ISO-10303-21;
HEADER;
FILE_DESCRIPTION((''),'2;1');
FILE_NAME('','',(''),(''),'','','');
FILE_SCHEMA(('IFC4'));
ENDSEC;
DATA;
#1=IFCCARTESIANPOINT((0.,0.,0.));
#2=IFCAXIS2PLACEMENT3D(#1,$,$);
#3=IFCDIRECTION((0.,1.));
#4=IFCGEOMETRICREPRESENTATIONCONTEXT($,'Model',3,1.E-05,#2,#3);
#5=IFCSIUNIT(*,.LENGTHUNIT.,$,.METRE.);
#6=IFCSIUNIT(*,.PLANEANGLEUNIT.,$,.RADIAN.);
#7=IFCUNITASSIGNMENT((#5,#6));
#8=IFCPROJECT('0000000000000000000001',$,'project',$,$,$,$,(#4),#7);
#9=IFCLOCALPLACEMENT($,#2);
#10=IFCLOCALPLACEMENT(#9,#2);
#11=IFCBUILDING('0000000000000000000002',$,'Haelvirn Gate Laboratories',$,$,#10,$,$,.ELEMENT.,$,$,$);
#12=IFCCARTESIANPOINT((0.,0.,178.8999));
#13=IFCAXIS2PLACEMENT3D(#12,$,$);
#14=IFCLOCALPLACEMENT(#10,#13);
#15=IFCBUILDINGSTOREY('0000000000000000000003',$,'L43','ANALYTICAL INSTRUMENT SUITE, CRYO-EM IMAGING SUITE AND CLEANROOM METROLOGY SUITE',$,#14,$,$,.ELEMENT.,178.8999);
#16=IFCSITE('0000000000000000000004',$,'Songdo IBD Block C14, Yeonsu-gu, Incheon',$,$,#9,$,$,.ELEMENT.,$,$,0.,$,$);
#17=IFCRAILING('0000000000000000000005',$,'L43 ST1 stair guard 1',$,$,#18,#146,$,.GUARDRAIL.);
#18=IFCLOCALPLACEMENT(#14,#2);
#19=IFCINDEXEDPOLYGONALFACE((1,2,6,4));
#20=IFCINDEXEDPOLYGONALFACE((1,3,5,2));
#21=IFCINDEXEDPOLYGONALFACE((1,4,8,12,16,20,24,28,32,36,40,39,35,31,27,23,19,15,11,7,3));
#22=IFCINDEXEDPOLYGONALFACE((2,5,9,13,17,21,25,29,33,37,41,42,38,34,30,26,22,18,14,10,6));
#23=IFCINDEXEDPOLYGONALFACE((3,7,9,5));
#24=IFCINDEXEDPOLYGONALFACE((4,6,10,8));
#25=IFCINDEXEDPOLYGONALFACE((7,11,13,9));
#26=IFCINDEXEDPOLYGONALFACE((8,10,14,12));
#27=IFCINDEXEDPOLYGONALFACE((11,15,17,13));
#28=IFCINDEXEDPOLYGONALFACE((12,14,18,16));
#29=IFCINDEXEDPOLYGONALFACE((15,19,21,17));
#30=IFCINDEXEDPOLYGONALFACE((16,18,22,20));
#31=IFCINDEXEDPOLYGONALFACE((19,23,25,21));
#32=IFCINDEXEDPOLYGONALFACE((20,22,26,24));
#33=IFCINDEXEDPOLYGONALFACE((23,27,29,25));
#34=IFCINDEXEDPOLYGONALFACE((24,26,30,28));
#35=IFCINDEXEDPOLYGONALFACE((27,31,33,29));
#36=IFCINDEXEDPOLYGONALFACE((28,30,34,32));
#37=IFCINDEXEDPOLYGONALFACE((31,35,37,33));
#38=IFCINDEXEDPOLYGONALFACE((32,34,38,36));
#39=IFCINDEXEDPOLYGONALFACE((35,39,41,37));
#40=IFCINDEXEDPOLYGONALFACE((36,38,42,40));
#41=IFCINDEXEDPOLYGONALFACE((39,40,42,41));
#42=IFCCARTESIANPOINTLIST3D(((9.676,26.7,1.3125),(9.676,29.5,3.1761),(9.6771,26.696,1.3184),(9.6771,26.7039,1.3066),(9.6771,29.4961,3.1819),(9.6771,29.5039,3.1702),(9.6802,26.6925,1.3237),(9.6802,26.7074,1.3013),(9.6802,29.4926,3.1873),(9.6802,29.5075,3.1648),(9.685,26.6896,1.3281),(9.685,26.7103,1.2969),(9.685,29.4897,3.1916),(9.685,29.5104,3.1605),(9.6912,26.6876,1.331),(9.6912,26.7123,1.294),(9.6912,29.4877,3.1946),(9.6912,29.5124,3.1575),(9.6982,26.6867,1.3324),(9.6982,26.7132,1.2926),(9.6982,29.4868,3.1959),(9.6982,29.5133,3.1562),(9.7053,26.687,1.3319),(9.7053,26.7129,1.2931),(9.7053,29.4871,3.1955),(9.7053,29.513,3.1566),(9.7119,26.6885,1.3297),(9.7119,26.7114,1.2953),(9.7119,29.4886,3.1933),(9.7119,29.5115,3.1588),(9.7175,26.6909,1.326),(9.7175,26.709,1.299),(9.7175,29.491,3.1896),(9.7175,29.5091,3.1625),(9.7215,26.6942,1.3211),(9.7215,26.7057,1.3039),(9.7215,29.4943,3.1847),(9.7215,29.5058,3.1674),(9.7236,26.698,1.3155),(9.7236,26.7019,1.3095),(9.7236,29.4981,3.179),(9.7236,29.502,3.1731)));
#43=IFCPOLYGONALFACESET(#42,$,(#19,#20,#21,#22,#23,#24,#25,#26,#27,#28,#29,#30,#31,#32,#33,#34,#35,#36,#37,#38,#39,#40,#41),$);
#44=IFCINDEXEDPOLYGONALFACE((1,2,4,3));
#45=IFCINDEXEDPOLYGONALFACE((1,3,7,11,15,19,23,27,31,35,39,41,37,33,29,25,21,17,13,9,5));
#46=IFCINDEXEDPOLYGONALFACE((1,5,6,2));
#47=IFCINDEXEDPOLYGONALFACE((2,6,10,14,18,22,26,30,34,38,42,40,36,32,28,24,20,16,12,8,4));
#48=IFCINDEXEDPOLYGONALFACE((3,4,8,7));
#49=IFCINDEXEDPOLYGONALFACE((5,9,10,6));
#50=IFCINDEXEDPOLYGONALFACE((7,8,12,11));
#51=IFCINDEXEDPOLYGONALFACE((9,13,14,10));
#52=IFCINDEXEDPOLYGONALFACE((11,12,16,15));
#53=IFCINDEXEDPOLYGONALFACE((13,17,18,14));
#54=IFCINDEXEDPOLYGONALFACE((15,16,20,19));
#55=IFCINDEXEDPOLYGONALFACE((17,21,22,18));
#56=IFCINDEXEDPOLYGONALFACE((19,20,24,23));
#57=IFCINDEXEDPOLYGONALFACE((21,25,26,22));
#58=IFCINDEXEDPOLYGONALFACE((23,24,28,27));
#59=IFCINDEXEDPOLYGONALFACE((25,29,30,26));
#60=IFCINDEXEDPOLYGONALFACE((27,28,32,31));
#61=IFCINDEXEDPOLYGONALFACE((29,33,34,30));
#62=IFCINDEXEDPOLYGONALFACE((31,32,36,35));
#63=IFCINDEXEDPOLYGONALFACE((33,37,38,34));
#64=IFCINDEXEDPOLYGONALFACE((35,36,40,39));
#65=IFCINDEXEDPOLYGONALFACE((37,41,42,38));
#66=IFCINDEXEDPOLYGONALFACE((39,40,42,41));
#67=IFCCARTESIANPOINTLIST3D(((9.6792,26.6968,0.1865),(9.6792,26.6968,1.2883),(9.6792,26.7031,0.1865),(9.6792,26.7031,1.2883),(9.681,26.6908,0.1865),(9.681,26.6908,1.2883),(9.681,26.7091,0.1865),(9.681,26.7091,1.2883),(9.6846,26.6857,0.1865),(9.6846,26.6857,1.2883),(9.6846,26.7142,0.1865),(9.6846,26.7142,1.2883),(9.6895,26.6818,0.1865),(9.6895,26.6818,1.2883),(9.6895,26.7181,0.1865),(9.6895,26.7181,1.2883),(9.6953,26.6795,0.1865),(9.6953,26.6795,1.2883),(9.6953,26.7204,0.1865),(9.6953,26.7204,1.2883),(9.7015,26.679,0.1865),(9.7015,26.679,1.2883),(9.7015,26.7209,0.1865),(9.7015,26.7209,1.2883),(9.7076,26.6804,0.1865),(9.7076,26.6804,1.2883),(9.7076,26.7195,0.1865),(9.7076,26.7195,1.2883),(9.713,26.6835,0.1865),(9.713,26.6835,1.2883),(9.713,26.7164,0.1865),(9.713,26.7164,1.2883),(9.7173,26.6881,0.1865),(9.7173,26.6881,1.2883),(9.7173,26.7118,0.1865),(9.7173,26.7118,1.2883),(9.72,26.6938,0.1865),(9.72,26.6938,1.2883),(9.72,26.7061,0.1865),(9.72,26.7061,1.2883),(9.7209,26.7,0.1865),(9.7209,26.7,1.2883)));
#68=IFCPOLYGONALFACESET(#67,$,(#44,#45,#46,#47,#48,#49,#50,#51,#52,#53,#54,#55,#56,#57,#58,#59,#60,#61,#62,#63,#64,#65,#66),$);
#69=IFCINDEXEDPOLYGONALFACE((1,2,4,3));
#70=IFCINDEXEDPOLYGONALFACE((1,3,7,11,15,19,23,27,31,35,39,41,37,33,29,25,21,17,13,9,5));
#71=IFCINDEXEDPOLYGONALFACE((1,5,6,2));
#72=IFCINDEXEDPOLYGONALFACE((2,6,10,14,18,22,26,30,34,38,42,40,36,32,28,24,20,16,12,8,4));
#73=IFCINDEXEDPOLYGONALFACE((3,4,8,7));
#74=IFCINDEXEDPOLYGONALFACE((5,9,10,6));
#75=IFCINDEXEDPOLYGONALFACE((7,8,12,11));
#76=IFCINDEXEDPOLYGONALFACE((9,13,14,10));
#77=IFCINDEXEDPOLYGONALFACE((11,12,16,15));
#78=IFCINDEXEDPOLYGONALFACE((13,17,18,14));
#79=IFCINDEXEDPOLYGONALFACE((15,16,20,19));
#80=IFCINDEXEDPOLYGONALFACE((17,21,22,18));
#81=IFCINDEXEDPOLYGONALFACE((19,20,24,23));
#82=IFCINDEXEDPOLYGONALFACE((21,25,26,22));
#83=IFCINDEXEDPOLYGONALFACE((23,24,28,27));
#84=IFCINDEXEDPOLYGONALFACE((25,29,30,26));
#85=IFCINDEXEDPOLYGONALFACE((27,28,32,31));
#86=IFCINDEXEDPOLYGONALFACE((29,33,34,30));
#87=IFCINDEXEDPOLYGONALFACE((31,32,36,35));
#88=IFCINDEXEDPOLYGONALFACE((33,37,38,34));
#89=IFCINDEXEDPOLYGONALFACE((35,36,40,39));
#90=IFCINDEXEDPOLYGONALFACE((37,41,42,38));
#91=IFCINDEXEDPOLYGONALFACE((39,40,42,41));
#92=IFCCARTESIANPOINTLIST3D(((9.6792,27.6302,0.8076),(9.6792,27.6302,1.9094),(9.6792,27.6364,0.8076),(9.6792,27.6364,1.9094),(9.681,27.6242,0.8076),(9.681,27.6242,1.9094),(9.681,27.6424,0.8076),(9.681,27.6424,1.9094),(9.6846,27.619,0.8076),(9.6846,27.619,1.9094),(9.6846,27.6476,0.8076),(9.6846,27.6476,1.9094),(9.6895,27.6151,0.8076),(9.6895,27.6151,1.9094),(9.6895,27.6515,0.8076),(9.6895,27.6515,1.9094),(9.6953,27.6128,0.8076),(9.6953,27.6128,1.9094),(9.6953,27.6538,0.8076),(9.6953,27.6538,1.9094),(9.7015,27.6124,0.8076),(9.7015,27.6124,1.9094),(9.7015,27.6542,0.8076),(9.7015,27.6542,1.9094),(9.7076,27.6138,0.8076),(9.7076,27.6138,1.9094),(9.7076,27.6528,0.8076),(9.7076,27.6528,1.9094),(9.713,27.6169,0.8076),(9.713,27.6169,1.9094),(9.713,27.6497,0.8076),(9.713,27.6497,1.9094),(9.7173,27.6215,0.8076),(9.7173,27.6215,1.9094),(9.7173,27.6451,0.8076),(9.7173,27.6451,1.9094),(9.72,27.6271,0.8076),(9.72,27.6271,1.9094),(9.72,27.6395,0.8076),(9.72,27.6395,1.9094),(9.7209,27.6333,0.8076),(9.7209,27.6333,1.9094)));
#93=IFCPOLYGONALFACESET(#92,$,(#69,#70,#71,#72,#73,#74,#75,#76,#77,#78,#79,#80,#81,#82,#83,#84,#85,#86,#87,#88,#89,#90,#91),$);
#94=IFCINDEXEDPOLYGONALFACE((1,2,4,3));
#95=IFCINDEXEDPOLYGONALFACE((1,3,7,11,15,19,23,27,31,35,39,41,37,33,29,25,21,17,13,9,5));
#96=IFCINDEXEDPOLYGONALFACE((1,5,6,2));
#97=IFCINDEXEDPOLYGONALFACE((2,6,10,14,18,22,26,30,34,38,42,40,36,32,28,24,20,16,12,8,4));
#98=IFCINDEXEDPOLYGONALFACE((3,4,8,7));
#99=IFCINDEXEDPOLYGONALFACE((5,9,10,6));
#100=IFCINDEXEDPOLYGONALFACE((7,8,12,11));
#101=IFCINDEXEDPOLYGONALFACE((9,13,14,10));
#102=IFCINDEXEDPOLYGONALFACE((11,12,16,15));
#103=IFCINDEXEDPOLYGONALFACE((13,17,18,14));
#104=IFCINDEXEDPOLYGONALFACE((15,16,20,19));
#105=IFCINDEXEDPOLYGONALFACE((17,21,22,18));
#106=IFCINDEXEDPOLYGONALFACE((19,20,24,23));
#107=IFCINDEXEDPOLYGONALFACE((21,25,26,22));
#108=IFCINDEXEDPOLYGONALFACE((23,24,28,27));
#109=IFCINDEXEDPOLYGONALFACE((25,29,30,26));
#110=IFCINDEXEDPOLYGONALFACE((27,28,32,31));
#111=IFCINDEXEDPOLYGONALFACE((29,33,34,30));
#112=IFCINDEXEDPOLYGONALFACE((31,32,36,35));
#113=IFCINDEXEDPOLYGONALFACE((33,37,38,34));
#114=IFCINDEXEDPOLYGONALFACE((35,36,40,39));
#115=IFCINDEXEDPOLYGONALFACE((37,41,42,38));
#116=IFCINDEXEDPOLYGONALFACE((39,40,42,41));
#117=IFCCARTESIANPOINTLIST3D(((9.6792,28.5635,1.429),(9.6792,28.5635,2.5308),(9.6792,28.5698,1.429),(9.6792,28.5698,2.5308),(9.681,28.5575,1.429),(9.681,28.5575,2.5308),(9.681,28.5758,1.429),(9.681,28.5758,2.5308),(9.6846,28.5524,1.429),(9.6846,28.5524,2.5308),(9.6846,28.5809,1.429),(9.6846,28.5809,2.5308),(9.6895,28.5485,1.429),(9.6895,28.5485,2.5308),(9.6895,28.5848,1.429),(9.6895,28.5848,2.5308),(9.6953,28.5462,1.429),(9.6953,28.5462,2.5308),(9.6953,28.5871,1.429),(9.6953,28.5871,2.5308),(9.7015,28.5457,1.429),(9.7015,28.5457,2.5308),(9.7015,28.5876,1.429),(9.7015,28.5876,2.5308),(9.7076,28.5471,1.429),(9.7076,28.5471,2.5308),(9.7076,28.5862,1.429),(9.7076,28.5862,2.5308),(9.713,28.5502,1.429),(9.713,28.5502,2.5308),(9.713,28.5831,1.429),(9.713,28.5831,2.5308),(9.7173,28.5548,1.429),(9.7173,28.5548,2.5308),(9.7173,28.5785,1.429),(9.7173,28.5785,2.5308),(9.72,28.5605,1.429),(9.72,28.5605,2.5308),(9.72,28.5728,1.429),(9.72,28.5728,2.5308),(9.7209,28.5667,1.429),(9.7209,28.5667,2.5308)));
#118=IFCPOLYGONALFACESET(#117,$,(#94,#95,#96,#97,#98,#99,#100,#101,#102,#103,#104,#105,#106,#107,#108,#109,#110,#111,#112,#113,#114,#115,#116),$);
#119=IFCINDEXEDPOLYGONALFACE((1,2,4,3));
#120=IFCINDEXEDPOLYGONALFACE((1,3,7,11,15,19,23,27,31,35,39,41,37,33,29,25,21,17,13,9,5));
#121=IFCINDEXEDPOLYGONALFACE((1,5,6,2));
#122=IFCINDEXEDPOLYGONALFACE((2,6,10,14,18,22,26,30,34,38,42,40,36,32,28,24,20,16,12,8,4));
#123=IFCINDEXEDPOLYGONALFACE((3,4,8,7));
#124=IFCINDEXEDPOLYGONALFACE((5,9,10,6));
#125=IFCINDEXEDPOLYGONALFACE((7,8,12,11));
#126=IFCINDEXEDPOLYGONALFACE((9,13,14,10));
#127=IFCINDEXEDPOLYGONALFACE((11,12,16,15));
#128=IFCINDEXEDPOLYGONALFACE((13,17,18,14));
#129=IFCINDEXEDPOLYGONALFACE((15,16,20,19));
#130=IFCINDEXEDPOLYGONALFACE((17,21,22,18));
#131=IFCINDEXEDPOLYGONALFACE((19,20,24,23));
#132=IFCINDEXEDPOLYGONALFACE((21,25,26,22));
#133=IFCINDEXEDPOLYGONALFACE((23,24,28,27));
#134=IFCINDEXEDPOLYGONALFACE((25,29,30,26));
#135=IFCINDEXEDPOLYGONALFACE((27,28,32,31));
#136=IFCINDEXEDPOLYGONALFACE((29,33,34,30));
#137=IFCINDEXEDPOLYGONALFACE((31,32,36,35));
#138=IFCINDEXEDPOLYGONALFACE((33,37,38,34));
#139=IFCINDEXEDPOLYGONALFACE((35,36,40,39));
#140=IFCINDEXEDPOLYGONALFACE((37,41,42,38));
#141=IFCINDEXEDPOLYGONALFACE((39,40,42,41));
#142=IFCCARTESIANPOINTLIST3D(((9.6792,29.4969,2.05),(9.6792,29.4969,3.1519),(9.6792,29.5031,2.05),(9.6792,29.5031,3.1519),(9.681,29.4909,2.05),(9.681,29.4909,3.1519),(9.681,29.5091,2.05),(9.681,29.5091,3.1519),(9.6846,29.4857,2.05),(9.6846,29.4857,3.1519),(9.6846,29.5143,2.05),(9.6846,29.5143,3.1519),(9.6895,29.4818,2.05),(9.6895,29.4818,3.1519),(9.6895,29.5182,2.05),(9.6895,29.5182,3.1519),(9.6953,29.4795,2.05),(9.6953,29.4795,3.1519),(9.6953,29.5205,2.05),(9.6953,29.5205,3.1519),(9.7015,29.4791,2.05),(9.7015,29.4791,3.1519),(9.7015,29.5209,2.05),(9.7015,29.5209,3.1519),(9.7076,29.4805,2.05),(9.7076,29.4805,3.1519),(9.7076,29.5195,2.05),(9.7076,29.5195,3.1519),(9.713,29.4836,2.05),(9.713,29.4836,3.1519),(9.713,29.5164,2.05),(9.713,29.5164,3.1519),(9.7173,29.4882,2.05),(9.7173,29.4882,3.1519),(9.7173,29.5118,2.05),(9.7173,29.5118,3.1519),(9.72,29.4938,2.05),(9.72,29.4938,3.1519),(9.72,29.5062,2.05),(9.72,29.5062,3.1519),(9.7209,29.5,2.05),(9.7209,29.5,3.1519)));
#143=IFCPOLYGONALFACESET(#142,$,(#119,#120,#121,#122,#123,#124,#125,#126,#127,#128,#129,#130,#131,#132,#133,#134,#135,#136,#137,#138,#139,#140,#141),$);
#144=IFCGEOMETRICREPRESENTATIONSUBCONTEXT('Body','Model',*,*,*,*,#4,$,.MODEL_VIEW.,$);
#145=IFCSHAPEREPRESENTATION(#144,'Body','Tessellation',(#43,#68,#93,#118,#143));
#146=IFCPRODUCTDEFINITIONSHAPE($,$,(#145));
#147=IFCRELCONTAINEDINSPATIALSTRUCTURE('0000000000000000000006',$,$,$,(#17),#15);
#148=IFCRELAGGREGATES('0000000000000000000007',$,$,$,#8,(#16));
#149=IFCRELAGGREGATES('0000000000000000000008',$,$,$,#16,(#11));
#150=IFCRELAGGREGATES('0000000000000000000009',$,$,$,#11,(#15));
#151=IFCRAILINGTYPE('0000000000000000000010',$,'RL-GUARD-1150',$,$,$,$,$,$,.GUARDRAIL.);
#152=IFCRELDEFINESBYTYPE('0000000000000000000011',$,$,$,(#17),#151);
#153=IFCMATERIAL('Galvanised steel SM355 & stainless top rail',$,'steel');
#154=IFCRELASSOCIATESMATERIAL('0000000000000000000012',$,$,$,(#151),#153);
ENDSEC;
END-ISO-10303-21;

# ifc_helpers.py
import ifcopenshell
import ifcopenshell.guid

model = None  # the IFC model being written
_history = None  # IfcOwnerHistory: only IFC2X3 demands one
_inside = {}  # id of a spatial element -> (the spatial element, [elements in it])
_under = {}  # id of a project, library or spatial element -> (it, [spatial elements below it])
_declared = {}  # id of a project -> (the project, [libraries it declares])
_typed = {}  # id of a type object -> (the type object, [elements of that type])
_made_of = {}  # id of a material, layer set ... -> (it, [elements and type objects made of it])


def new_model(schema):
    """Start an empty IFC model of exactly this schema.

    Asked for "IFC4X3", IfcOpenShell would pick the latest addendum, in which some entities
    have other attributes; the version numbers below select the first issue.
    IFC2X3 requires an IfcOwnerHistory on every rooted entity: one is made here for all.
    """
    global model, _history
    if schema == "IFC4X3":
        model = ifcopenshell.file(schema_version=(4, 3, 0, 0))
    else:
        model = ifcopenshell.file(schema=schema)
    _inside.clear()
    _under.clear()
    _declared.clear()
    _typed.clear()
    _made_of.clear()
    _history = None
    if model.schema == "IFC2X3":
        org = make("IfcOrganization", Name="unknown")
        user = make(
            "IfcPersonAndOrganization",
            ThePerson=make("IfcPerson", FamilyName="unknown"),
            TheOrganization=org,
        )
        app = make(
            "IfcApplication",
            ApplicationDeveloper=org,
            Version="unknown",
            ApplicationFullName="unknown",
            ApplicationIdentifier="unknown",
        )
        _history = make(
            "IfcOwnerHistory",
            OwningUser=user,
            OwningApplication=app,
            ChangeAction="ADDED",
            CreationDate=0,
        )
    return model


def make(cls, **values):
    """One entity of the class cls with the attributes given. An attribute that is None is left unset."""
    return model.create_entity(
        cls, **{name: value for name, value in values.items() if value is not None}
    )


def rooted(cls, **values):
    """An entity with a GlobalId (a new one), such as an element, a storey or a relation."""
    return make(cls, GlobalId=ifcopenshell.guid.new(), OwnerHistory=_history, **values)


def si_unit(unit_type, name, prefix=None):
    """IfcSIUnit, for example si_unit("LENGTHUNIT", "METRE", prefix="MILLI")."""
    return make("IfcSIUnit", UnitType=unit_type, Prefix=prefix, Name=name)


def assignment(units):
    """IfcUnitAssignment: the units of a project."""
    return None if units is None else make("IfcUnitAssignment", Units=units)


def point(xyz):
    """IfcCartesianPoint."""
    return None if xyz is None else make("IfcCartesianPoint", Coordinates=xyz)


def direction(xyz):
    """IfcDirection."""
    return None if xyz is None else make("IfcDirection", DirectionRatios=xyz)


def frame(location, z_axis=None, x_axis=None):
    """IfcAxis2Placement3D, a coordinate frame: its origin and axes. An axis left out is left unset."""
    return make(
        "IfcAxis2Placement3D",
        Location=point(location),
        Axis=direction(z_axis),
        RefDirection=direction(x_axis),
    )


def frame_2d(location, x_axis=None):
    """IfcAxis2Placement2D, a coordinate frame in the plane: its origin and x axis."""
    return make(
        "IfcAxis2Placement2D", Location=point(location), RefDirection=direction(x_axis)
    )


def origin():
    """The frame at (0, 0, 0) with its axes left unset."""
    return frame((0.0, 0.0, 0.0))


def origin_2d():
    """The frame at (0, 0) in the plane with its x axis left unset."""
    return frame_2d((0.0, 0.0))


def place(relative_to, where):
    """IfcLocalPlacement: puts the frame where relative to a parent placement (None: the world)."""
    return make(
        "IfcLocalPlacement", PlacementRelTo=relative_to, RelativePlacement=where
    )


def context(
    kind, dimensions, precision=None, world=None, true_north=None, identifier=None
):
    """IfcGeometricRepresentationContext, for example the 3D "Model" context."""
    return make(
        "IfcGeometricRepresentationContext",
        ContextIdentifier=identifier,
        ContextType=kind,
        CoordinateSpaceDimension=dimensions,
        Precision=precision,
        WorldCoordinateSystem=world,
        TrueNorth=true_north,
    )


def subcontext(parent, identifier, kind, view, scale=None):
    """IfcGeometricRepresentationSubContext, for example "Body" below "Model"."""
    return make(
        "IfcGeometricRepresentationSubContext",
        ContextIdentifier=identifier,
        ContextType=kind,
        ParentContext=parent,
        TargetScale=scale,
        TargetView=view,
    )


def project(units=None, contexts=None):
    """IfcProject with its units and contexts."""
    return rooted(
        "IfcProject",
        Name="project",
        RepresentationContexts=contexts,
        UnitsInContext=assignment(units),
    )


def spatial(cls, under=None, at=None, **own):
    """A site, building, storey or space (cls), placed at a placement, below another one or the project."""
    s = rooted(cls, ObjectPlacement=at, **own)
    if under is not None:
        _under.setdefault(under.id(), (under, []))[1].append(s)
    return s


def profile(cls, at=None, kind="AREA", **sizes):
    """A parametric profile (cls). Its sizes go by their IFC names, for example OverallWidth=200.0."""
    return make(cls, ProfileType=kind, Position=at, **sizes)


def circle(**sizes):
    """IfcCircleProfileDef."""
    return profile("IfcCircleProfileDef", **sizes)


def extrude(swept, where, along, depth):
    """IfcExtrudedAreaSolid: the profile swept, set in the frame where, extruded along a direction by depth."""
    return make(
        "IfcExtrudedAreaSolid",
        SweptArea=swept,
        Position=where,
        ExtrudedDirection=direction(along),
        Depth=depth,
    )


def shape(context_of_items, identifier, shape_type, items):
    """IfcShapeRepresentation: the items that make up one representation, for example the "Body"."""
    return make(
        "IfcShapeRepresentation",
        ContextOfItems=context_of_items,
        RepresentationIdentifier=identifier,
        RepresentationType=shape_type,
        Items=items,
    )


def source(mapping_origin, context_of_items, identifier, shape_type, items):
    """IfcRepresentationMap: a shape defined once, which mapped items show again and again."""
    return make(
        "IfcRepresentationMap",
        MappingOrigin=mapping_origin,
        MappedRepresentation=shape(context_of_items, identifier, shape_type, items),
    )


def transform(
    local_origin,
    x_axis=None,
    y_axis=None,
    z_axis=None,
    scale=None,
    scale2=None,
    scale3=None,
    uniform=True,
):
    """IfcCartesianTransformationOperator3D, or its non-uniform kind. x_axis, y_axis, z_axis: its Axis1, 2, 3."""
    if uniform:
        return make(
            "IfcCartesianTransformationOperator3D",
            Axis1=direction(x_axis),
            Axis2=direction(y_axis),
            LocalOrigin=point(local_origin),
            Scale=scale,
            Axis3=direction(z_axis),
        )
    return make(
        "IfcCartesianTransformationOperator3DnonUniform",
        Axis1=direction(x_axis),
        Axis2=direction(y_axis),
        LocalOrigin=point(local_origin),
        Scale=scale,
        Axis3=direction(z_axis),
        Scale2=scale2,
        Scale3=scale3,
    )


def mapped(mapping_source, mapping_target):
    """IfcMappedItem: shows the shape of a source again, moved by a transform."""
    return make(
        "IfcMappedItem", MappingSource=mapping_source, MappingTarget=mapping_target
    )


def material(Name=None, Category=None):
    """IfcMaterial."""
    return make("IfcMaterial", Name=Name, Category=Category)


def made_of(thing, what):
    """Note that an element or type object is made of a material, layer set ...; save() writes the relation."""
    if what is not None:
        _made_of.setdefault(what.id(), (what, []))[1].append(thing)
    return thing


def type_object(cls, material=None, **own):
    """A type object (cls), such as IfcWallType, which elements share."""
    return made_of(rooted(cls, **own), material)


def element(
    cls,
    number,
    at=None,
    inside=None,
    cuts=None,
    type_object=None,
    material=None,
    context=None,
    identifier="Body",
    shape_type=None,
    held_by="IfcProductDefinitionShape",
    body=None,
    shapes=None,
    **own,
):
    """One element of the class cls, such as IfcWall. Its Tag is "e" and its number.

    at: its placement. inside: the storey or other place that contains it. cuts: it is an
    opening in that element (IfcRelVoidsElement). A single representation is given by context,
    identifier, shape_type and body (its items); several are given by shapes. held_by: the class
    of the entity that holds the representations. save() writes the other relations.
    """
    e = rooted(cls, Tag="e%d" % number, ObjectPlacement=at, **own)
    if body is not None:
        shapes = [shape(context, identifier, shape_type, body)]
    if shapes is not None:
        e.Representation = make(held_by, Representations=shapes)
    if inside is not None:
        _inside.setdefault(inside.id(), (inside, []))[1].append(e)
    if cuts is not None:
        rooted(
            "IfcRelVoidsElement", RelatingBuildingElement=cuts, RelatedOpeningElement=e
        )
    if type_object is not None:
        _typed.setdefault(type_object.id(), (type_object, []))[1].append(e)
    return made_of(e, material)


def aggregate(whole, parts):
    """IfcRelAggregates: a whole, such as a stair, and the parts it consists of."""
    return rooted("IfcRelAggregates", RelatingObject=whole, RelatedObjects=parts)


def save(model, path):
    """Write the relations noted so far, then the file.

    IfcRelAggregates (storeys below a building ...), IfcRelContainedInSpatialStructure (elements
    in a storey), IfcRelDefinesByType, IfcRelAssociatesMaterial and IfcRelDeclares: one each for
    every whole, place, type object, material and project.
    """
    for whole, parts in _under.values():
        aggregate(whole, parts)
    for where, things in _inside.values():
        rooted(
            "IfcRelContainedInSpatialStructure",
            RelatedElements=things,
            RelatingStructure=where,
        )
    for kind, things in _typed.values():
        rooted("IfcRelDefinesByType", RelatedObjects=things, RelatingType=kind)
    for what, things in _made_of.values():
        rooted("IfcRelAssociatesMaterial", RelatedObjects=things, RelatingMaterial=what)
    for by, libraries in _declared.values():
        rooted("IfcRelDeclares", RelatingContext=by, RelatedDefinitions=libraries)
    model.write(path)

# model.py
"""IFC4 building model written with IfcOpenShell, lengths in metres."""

from ifc_helpers import new_model, si_unit, direction, frame, origin, origin_2d, place, context, subcontext, project, spatial, circle, extrude, source, transform, mapped, material, type_object, element, save


model = new_model("IFC4")

# Units and contexts
model_context = context("Model", 3, precision=1e-05, world=origin(), true_north=direction((0.0, 1.0)))
body_context = subcontext(model_context, "Body", "Model", "MODEL_VIEW")
ifc_project = project(units=[si_unit("LENGTHUNIT", "METRE"), si_unit("PLANEANGLEUNIT", "RADIAN")], contexts=[model_context])

# Site, building, storey
site_placement = place(None, origin())
site = spatial("IfcSite", under=ifc_project, at=site_placement, Name="Songdo IBD Block C14, Yeonsu-gu, Incheon", CompositionType="ELEMENT", RefElevation=0.0)
building_placement = place(site_placement, origin())
building = spatial("IfcBuilding", under=site, at=building_placement, Name="Haelvirn Gate Laboratories", CompositionType="ELEMENT")
storey_placement = place(building_placement, frame((0.0, 0.0, 178.8999)))
storey = spatial("IfcBuildingStorey", under=building, at=storey_placement, Name="L43", Description="ANALYTICAL INSTRUMENT SUITE, CRYO-EM IMAGING SUITE AND CLEANROOM METROLOGY SUITE", CompositionType="ELEMENT", Elevation=178.8999)

# Railing
ifc_material_1 = material(Name="Galvanised steel SM355 & stainless top rail", Category="steel")
railing_type_1 = type_object("IfcRailingType", Name="RL-GUARD-1150", PredefinedType="GUARDRAIL", material=ifc_material_1)
shared_shape_1 = source(origin(), body_context, "Body", "SweptSolid", [
    extrude(circle(Radius=0.0239, at=origin_2d()), frame((0.0, 0.0, 1.126), z_axis=(0.0, 0.832486, 0.554047), x_axis=(-1.0, 0.0, 0.0)), (0.0, 0.0, 1.0), 3.3635),
    extrude(circle(Radius=0.021, at=origin_2d()), origin(), (0.0, 0.0, 1.0), 1.1018),
    extrude(circle(Radius=0.021, at=origin_2d()), frame((0.0, 0.9333, 0.6211)), (0.0, 0.0, 1.0), 1.1018),
    extrude(circle(Radius=0.021, at=origin_2d()), frame((0.0, 1.8667, 1.2424)), (0.0, 0.0, 1.0), 1.1018),
    extrude(circle(Radius=0.021, at=origin_2d()), frame((0.0, 2.8, 1.8635)), (0.0, 0.0, 1.0), 1.1018),
])
railing_1_placement = place(storey_placement, frame((9.7, 26.7, 0.1865)))
element("IfcRailing", 1, at=railing_1_placement, inside=storey, type_object=railing_type_1, Name="L43 ST1 stair guard 1", PredefinedType="GUARDRAIL", context=body_context, shape_type="MappedRepresentation", body=[
    mapped(shared_shape_1, transform((0.0, 0.0, 0.0), scale=1.0)),
])

save(model, "model.ifc")
